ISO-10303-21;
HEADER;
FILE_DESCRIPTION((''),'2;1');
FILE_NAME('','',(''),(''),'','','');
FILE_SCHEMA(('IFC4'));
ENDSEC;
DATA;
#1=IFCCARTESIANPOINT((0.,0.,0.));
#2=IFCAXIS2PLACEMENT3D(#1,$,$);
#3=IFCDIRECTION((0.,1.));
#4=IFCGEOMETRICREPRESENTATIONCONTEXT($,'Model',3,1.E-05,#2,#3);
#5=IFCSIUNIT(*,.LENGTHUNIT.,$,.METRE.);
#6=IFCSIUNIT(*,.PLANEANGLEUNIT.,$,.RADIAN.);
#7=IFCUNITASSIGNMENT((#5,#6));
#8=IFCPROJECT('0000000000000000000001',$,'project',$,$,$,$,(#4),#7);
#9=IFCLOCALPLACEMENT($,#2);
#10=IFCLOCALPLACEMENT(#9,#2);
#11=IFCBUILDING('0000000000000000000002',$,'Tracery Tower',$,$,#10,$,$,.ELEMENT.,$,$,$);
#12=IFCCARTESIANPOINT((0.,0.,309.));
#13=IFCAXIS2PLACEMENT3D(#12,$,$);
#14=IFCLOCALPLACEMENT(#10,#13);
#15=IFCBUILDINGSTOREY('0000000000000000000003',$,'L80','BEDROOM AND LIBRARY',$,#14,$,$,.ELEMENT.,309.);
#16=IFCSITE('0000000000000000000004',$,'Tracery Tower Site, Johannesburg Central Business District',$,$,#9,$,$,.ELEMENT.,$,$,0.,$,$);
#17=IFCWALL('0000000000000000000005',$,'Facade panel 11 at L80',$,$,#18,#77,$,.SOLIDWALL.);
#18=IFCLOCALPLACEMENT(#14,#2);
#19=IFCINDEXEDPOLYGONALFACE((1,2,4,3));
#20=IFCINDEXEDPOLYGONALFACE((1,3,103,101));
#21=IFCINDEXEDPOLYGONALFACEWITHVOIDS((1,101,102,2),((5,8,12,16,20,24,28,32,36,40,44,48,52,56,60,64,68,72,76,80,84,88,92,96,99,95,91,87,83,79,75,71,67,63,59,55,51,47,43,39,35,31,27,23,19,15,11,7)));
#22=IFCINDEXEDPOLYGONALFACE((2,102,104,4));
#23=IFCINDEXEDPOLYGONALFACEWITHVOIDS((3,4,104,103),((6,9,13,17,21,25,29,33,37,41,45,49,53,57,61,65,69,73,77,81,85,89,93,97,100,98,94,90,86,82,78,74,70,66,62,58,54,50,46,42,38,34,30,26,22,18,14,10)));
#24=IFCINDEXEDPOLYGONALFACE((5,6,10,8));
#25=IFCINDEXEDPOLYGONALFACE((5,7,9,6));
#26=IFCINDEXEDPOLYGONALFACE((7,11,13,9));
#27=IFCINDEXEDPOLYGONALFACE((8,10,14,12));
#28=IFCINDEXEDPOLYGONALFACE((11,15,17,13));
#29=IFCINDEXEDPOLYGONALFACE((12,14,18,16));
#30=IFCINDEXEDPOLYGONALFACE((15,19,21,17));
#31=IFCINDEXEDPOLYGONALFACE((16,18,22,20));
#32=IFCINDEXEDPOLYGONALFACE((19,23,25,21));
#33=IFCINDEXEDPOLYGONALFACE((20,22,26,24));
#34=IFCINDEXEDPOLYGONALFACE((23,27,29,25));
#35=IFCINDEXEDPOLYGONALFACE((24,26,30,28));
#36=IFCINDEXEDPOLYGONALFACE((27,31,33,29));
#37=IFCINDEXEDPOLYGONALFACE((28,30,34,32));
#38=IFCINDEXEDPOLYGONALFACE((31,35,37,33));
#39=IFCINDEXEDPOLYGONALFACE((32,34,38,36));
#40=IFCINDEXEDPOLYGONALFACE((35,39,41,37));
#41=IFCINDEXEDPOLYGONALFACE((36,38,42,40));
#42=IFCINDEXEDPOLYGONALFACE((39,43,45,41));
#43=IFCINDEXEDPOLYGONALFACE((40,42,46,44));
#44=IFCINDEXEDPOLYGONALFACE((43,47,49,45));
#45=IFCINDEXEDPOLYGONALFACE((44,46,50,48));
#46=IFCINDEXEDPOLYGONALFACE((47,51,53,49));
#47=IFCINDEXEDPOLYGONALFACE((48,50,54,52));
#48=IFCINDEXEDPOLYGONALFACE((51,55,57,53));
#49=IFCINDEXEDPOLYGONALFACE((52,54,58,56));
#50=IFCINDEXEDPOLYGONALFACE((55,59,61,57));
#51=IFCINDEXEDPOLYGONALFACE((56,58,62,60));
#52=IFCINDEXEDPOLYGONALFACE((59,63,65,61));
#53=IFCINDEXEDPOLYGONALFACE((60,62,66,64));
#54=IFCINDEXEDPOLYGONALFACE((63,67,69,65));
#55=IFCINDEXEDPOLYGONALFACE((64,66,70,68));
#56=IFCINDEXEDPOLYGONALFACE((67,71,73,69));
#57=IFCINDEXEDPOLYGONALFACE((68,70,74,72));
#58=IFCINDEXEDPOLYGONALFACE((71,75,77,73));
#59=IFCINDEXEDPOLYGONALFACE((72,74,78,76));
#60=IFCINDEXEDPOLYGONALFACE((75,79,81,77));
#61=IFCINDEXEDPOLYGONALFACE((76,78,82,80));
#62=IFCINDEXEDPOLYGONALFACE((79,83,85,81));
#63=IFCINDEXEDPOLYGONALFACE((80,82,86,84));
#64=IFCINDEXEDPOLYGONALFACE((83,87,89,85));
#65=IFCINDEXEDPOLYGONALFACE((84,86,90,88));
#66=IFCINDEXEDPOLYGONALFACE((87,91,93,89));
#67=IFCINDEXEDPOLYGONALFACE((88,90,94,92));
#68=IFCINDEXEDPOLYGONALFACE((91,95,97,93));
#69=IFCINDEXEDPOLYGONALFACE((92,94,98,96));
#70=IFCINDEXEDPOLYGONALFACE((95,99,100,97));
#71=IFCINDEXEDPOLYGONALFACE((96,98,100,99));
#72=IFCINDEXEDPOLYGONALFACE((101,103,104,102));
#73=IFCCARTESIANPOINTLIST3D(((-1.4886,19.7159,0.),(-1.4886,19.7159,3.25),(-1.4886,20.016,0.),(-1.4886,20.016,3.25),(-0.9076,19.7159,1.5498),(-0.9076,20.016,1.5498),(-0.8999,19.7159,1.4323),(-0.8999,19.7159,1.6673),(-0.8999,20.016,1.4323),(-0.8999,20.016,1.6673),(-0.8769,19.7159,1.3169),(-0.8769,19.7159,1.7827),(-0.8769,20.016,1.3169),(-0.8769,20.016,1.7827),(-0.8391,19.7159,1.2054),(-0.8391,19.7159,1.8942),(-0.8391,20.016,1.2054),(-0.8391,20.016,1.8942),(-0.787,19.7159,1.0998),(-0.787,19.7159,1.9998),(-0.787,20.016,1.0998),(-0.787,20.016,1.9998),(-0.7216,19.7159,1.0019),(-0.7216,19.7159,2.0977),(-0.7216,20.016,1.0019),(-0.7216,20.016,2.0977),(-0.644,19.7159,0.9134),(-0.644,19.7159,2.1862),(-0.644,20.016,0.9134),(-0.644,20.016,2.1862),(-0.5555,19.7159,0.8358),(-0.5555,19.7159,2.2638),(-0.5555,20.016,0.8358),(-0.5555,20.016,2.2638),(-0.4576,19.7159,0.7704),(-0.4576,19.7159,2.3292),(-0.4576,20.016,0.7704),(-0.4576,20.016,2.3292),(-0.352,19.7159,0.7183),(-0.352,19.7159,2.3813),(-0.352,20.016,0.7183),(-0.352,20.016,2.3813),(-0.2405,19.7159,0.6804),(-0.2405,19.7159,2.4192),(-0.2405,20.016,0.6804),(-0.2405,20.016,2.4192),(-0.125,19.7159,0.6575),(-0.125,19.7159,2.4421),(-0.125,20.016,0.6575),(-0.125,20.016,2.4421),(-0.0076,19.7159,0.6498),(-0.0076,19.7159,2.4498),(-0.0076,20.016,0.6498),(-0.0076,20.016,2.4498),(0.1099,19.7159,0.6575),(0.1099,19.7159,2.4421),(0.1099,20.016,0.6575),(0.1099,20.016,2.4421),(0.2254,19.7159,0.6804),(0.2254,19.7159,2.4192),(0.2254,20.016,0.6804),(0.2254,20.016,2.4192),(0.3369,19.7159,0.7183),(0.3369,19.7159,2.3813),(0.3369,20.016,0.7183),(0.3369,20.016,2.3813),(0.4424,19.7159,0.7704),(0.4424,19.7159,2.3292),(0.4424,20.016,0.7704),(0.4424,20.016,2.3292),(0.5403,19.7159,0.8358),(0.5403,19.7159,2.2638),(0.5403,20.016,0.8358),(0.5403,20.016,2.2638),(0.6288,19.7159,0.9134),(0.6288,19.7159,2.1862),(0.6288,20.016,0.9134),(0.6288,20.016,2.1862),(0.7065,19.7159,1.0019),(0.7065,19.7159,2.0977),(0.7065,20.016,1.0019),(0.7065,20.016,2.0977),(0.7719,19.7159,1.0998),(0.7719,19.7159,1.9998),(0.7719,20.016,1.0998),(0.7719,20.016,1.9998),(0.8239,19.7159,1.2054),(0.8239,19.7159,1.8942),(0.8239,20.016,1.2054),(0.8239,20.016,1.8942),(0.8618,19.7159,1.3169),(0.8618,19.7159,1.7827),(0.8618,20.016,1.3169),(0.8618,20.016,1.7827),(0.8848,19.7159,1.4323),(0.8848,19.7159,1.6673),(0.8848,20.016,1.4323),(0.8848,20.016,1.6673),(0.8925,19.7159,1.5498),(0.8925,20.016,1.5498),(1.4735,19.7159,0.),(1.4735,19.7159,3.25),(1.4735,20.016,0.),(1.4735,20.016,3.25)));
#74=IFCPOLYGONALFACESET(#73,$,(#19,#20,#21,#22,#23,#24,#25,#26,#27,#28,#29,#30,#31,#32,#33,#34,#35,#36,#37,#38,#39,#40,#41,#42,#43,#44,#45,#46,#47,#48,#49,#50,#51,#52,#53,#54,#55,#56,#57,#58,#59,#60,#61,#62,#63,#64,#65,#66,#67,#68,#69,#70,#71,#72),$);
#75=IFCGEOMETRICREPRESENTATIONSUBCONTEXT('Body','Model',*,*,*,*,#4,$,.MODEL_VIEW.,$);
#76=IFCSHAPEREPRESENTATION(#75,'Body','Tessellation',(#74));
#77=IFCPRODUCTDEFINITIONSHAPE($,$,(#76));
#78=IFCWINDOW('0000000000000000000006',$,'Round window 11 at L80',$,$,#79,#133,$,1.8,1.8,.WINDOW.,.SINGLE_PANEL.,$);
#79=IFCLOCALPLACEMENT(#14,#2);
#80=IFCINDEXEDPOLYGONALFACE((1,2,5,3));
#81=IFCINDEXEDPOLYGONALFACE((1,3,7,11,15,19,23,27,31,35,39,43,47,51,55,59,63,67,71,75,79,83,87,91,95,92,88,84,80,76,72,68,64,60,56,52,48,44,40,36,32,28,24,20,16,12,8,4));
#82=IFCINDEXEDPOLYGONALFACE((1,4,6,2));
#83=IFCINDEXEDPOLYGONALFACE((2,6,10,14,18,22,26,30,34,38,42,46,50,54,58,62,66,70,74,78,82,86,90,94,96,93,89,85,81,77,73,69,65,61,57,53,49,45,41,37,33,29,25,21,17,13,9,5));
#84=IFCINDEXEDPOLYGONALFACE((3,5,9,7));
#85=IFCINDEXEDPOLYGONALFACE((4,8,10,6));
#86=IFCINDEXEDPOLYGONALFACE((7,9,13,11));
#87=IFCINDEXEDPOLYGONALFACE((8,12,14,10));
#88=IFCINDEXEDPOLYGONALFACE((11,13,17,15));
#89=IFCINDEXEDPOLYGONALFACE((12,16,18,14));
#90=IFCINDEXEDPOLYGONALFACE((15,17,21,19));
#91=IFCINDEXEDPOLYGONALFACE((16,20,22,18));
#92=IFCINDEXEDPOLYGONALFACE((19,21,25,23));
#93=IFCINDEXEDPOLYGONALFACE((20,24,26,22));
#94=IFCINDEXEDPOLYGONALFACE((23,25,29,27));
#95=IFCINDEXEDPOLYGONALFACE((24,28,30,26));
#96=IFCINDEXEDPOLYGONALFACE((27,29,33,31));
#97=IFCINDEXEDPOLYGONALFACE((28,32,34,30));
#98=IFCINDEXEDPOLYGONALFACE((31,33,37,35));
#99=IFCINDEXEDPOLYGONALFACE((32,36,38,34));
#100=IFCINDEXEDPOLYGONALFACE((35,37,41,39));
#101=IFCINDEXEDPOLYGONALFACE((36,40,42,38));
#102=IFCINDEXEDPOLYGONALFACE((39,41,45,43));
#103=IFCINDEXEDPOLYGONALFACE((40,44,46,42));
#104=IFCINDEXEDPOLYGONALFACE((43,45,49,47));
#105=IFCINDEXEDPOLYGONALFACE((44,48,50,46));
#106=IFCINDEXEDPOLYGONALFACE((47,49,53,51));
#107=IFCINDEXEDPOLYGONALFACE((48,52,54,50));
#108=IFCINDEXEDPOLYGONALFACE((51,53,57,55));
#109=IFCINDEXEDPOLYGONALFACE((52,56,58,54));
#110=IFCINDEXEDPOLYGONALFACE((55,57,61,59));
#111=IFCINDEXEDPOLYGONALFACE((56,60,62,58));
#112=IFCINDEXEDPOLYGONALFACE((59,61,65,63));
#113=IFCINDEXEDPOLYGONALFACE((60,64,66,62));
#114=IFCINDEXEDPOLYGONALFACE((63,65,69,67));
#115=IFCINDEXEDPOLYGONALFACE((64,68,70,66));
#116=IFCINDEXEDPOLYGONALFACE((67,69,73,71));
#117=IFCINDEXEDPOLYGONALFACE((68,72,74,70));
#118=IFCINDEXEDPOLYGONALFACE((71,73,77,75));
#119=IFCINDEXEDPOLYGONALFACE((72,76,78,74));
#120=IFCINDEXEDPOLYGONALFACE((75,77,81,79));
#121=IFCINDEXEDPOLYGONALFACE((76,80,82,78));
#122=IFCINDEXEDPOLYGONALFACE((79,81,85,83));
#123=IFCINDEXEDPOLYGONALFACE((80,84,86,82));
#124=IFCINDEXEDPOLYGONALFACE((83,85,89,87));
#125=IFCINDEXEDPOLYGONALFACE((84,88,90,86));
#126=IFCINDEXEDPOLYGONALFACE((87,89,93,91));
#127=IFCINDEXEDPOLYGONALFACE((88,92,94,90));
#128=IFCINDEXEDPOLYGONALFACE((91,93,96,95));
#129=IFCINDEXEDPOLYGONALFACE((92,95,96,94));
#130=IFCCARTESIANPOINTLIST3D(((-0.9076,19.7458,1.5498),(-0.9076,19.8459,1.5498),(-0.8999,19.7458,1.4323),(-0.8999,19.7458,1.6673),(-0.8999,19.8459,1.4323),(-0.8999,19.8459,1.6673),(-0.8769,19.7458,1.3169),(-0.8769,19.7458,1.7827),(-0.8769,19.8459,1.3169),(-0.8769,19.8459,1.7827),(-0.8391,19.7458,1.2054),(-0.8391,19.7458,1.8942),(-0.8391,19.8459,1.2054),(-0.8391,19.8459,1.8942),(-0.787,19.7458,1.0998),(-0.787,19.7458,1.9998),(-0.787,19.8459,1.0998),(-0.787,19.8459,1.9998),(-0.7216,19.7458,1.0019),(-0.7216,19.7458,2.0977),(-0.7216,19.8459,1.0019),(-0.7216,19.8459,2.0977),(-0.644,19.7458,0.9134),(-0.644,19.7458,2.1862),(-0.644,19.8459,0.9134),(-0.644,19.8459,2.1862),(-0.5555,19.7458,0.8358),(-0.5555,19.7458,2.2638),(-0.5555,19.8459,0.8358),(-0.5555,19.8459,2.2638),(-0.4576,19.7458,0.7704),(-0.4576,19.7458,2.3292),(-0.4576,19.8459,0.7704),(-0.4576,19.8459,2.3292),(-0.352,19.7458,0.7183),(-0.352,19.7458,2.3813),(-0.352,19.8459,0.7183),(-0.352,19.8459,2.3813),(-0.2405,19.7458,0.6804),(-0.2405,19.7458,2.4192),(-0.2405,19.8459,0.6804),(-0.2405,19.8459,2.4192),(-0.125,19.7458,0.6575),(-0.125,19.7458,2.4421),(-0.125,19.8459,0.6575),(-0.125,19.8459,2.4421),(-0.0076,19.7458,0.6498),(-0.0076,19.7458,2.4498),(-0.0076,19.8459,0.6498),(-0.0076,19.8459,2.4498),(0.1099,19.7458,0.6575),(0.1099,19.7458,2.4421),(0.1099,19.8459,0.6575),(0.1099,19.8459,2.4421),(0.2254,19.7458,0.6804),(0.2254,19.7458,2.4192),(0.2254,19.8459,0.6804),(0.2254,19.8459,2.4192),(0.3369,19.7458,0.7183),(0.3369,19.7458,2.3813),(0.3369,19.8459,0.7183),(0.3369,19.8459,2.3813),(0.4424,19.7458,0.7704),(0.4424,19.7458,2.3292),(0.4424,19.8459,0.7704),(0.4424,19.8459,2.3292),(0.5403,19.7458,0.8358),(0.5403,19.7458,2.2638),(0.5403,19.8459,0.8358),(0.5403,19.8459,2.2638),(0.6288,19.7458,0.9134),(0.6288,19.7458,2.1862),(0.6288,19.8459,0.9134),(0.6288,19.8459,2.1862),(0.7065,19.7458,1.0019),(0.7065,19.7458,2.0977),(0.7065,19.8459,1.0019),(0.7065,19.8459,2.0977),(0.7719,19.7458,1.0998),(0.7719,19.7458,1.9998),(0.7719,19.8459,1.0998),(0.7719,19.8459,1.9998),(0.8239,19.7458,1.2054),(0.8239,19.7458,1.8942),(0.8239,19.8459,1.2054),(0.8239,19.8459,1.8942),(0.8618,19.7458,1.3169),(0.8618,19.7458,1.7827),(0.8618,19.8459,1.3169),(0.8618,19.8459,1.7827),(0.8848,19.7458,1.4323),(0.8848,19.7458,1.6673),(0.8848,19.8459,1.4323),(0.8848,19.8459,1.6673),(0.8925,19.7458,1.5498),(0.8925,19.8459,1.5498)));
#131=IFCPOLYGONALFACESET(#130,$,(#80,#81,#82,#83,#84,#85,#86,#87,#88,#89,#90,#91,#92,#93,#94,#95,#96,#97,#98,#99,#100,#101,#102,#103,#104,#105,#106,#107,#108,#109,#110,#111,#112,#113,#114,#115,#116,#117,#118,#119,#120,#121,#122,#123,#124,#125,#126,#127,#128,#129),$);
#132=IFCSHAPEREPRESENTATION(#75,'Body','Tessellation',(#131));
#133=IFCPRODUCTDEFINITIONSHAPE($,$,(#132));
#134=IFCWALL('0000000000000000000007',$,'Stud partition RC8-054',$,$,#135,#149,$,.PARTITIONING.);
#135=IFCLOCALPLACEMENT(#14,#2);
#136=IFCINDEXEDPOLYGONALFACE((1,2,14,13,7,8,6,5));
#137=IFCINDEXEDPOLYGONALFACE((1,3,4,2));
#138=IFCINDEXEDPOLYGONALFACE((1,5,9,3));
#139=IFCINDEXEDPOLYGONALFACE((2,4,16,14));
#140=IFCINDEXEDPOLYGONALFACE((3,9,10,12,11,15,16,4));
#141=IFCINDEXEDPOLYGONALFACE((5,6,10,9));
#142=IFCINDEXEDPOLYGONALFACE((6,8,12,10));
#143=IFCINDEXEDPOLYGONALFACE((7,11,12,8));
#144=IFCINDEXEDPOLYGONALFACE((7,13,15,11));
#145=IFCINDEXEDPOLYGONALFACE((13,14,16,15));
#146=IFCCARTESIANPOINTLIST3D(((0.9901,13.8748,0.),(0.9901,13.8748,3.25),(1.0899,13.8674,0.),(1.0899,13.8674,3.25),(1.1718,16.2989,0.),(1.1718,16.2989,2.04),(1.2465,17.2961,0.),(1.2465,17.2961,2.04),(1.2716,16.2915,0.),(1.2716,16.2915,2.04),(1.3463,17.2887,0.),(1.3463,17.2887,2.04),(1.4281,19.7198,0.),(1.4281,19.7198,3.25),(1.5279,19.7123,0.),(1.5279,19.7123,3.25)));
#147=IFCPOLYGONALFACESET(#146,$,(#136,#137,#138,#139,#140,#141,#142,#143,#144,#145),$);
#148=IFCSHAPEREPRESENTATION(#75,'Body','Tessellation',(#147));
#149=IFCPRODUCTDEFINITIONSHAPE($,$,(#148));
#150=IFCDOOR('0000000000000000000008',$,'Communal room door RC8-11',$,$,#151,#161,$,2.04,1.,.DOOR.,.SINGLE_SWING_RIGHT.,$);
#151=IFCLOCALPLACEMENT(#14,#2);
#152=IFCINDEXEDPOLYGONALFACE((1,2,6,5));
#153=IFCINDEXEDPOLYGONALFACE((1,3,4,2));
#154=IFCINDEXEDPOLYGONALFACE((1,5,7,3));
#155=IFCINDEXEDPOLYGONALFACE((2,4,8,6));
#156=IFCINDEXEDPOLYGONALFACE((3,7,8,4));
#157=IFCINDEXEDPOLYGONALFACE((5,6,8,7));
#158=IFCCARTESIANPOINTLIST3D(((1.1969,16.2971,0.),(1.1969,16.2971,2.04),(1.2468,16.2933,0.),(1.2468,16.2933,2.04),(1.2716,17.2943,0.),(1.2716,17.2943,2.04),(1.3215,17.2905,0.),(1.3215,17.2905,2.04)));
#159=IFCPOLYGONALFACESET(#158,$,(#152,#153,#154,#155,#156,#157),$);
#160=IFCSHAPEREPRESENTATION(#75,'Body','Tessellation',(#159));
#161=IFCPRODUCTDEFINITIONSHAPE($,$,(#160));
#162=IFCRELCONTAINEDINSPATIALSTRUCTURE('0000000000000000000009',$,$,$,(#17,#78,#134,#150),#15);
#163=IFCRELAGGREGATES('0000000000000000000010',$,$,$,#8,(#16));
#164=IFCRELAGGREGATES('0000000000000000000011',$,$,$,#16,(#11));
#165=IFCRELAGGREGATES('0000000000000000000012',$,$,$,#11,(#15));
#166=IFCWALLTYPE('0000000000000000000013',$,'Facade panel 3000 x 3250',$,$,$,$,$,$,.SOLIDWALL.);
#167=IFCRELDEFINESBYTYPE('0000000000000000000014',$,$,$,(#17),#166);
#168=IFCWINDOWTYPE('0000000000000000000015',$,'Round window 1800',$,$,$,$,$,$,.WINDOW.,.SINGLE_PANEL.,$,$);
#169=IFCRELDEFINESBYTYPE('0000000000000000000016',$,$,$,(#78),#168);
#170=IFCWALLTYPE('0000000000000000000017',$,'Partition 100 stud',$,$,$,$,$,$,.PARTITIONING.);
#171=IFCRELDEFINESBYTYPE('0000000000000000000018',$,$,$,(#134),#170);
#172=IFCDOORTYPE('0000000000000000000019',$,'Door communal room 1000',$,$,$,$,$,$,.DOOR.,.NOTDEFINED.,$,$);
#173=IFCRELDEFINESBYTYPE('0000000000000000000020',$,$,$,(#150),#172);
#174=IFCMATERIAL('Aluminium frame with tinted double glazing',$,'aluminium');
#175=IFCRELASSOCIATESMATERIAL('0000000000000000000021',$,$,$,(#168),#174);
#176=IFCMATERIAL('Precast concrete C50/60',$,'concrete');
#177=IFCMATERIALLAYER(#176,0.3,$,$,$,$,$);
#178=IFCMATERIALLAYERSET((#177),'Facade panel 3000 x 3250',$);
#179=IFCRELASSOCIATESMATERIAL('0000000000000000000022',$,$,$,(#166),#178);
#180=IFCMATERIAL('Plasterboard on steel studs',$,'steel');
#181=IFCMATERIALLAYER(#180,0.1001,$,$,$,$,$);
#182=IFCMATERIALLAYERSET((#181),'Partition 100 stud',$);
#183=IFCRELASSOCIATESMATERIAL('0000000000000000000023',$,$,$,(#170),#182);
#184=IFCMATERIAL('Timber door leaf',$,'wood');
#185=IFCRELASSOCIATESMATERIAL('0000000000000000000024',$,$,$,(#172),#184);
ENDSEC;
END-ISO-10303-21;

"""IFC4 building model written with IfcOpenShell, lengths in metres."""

from ifc_helpers import new_model, si_unit, direction, frame, frame_2d, origin, origin_2d, place, context, subcontext, project, spatial, rectangle, circle, extrude, material, layer, layer_set, type_object, element, fill, save


model = new_model("IFC4")

# Units and contexts
model_context = context("Model", 3, precision=1e-05, world=origin(), true_north=direction((0.0, 1.0)))
body_context = subcontext(model_context, "Body", "Model", "MODEL_VIEW")
ifc_project = project(units=[si_unit("LENGTHUNIT", "METRE"), si_unit("PLANEANGLEUNIT", "RADIAN")], contexts=[model_context])

# Site, building, storey
site_placement = place(None, origin())
site = spatial("IfcSite", under=ifc_project, at=site_placement, Name="Tracery Tower Site, Johannesburg Central Business District", CompositionType="ELEMENT", RefElevation=0.0)
building_placement = place(site_placement, origin())
building = spatial("IfcBuilding", under=site, at=building_placement, Name="Tracery Tower", CompositionType="ELEMENT")
storey_placement = place(building_placement, frame((0.0, 0.0, 309.0)))
storey = spatial("IfcBuildingStorey", under=building, at=storey_placement, Name="L80", Description="BEDROOM AND LIBRARY", CompositionType="ELEMENT", Elevation=309.0)

# Wall, opening, window
ifc_material_1 = material(Name="Aluminium frame with tinted double glazing", Category="aluminium")
window_type = type_object("IfcWindowType", Name="Round window 1800", PartitioningType="SINGLE_PANEL", PredefinedType="WINDOW", material=ifc_material_1)
ifc_material_2 = material(Name="Precast concrete C50/60", Category="concrete")
ifc_layer_1 = layer(ifc_material_2, 0.3)
ifc_layer_set_1 = layer_set([ifc_layer_1], Name="Facade panel 3000 x 3250")
wall_type_1 = type_object("IfcWallType", Name="Facade panel 3000 x 3250", PredefinedType="SOLIDWALL", material=ifc_layer_set_1)
wall_1_placement = place(storey_placement, frame((1.4734, 19.866, 0.0), z_axis=(0.0, 0.0, 1.0), x_axis=(-1.0, 0.0, 0.0)))
wall_1 = element("IfcWall", 1, at=wall_1_placement, inside=storey, type_object=wall_type_1, Name="Facade panel 11 at L80", PredefinedType="SOLIDWALL", context=body_context, shape_type="SweptSolid", body=[
    extrude(rectangle(XDim=2.9622, YDim=0.3, at=frame_2d((1.481, 0.0))), origin(), (0.0, 0.0, 1.0), 3.25),
])
opening_1_placement = place(wall_1_placement, frame((1.481, 0.0, 1.5498)))
opening_1 = element("IfcOpeningElement", 2, at=opening_1_placement, cuts=wall_1, PredefinedType="OPENING", context=body_context, shape_type="SweptSolid", body=[
    extrude(circle(Radius=0.9, at=origin_2d()), frame((0.0, 0.1599, 0.0), z_axis=(0.0, -1.0, 0.0), x_axis=(1.0, 0.0, 0.0)), (0.0, 0.0, 1.0), 0.3201),
])
window_1_placement = place(opening_1_placement, origin())
window_1 = element("IfcWindow", 3, at=window_1_placement, inside=storey, type_object=window_type, Name="Round window 11 at L80", OverallHeight=1.8, OverallWidth=1.8, PartitioningType="SINGLE_PANEL", PredefinedType="WINDOW", context=body_context, shape_type="SweptSolid", body=[
    extrude(circle(Radius=0.9, at=origin_2d()), frame((0.0, 0.1201, 0.0), z_axis=(0.0, -1.0, 0.0), x_axis=(1.0, 0.0, 0.0)), (0.0, 0.0, 1.0), 0.1001),
])
fill(opening_1, window_1)

# Wall, opening, door
ifc_material_3 = material(Name="Plasterboard on steel studs", Category="steel")
ifc_layer_2 = layer(ifc_material_3, 0.1001)
ifc_layer_set_2 = layer_set([ifc_layer_2], Name="Partition 100 stud")
wall_type_2 = type_object("IfcWallType", Name="Partition 100 stud", PredefinedType="PARTITIONING", material=ifc_layer_set_2)
wall_2_placement = place(storey_placement, frame((1.04, 13.8711, 0.0), z_axis=(0.0, 0.0, 1.0), x_axis=(0.074725, 0.997204, 0.0)))
wall_2 = element("IfcWall", 4, at=wall_2_placement, inside=storey, type_object=wall_type_2, Name="Stud partition RC8-054", PredefinedType="PARTITIONING", context=body_context, shape_type="SweptSolid", body=[
    extrude(rectangle(XDim=5.8613, YDim=0.1001, at=frame_2d((2.9307, 0.0))), origin(), (0.0, 0.0, 1.0), 3.25),
])
opening_2_placement = place(wall_2_placement, frame((2.4309, 0.0, 0.0)))
opening_2 = element("IfcOpeningElement", 5, at=opening_2_placement, cuts=wall_2, PredefinedType="OPENING", context=body_context, shape_type="SweptSolid", body=[
    extrude(rectangle(XDim=1.0, YDim=2.04, at=frame_2d((0.5, 1.02))), frame((0.0, 0.05, 0.0), z_axis=(0.0, -1.0, 0.0), x_axis=(1.0, 0.0, 0.0)), (0.0, 0.0, 1.0), 0.1001),
])
ifc_material_4 = material(Name="Timber door leaf", Category="wood")
door_type_1 = type_object("IfcDoorType", Name="Door communal room 1000", OperationType="NOTDEFINED", PredefinedType="DOOR", material=ifc_material_4)
door_1_placement = place(opening_2_placement, origin())
door_1 = element("IfcDoor", 6, at=door_1_placement, inside=storey, type_object=door_type_1, Name="Communal room door RC8-11", OperationType="SINGLE_SWING_RIGHT", OverallHeight=2.04, OverallWidth=1.0, PredefinedType="DOOR", context=body_context, shape_type="SweptSolid", body=[
    extrude(rectangle(XDim=1.0, YDim=2.04, at=frame_2d((0.5, 1.02))), frame((0.0, 0.0249, 0.0), z_axis=(0.0, -1.0, 0.0), x_axis=(1.0, 0.0, 0.0)), (0.0, 0.0, 1.0), 0.05),
])
fill(opening_2, door_1)

save(model, "model.ifc")
